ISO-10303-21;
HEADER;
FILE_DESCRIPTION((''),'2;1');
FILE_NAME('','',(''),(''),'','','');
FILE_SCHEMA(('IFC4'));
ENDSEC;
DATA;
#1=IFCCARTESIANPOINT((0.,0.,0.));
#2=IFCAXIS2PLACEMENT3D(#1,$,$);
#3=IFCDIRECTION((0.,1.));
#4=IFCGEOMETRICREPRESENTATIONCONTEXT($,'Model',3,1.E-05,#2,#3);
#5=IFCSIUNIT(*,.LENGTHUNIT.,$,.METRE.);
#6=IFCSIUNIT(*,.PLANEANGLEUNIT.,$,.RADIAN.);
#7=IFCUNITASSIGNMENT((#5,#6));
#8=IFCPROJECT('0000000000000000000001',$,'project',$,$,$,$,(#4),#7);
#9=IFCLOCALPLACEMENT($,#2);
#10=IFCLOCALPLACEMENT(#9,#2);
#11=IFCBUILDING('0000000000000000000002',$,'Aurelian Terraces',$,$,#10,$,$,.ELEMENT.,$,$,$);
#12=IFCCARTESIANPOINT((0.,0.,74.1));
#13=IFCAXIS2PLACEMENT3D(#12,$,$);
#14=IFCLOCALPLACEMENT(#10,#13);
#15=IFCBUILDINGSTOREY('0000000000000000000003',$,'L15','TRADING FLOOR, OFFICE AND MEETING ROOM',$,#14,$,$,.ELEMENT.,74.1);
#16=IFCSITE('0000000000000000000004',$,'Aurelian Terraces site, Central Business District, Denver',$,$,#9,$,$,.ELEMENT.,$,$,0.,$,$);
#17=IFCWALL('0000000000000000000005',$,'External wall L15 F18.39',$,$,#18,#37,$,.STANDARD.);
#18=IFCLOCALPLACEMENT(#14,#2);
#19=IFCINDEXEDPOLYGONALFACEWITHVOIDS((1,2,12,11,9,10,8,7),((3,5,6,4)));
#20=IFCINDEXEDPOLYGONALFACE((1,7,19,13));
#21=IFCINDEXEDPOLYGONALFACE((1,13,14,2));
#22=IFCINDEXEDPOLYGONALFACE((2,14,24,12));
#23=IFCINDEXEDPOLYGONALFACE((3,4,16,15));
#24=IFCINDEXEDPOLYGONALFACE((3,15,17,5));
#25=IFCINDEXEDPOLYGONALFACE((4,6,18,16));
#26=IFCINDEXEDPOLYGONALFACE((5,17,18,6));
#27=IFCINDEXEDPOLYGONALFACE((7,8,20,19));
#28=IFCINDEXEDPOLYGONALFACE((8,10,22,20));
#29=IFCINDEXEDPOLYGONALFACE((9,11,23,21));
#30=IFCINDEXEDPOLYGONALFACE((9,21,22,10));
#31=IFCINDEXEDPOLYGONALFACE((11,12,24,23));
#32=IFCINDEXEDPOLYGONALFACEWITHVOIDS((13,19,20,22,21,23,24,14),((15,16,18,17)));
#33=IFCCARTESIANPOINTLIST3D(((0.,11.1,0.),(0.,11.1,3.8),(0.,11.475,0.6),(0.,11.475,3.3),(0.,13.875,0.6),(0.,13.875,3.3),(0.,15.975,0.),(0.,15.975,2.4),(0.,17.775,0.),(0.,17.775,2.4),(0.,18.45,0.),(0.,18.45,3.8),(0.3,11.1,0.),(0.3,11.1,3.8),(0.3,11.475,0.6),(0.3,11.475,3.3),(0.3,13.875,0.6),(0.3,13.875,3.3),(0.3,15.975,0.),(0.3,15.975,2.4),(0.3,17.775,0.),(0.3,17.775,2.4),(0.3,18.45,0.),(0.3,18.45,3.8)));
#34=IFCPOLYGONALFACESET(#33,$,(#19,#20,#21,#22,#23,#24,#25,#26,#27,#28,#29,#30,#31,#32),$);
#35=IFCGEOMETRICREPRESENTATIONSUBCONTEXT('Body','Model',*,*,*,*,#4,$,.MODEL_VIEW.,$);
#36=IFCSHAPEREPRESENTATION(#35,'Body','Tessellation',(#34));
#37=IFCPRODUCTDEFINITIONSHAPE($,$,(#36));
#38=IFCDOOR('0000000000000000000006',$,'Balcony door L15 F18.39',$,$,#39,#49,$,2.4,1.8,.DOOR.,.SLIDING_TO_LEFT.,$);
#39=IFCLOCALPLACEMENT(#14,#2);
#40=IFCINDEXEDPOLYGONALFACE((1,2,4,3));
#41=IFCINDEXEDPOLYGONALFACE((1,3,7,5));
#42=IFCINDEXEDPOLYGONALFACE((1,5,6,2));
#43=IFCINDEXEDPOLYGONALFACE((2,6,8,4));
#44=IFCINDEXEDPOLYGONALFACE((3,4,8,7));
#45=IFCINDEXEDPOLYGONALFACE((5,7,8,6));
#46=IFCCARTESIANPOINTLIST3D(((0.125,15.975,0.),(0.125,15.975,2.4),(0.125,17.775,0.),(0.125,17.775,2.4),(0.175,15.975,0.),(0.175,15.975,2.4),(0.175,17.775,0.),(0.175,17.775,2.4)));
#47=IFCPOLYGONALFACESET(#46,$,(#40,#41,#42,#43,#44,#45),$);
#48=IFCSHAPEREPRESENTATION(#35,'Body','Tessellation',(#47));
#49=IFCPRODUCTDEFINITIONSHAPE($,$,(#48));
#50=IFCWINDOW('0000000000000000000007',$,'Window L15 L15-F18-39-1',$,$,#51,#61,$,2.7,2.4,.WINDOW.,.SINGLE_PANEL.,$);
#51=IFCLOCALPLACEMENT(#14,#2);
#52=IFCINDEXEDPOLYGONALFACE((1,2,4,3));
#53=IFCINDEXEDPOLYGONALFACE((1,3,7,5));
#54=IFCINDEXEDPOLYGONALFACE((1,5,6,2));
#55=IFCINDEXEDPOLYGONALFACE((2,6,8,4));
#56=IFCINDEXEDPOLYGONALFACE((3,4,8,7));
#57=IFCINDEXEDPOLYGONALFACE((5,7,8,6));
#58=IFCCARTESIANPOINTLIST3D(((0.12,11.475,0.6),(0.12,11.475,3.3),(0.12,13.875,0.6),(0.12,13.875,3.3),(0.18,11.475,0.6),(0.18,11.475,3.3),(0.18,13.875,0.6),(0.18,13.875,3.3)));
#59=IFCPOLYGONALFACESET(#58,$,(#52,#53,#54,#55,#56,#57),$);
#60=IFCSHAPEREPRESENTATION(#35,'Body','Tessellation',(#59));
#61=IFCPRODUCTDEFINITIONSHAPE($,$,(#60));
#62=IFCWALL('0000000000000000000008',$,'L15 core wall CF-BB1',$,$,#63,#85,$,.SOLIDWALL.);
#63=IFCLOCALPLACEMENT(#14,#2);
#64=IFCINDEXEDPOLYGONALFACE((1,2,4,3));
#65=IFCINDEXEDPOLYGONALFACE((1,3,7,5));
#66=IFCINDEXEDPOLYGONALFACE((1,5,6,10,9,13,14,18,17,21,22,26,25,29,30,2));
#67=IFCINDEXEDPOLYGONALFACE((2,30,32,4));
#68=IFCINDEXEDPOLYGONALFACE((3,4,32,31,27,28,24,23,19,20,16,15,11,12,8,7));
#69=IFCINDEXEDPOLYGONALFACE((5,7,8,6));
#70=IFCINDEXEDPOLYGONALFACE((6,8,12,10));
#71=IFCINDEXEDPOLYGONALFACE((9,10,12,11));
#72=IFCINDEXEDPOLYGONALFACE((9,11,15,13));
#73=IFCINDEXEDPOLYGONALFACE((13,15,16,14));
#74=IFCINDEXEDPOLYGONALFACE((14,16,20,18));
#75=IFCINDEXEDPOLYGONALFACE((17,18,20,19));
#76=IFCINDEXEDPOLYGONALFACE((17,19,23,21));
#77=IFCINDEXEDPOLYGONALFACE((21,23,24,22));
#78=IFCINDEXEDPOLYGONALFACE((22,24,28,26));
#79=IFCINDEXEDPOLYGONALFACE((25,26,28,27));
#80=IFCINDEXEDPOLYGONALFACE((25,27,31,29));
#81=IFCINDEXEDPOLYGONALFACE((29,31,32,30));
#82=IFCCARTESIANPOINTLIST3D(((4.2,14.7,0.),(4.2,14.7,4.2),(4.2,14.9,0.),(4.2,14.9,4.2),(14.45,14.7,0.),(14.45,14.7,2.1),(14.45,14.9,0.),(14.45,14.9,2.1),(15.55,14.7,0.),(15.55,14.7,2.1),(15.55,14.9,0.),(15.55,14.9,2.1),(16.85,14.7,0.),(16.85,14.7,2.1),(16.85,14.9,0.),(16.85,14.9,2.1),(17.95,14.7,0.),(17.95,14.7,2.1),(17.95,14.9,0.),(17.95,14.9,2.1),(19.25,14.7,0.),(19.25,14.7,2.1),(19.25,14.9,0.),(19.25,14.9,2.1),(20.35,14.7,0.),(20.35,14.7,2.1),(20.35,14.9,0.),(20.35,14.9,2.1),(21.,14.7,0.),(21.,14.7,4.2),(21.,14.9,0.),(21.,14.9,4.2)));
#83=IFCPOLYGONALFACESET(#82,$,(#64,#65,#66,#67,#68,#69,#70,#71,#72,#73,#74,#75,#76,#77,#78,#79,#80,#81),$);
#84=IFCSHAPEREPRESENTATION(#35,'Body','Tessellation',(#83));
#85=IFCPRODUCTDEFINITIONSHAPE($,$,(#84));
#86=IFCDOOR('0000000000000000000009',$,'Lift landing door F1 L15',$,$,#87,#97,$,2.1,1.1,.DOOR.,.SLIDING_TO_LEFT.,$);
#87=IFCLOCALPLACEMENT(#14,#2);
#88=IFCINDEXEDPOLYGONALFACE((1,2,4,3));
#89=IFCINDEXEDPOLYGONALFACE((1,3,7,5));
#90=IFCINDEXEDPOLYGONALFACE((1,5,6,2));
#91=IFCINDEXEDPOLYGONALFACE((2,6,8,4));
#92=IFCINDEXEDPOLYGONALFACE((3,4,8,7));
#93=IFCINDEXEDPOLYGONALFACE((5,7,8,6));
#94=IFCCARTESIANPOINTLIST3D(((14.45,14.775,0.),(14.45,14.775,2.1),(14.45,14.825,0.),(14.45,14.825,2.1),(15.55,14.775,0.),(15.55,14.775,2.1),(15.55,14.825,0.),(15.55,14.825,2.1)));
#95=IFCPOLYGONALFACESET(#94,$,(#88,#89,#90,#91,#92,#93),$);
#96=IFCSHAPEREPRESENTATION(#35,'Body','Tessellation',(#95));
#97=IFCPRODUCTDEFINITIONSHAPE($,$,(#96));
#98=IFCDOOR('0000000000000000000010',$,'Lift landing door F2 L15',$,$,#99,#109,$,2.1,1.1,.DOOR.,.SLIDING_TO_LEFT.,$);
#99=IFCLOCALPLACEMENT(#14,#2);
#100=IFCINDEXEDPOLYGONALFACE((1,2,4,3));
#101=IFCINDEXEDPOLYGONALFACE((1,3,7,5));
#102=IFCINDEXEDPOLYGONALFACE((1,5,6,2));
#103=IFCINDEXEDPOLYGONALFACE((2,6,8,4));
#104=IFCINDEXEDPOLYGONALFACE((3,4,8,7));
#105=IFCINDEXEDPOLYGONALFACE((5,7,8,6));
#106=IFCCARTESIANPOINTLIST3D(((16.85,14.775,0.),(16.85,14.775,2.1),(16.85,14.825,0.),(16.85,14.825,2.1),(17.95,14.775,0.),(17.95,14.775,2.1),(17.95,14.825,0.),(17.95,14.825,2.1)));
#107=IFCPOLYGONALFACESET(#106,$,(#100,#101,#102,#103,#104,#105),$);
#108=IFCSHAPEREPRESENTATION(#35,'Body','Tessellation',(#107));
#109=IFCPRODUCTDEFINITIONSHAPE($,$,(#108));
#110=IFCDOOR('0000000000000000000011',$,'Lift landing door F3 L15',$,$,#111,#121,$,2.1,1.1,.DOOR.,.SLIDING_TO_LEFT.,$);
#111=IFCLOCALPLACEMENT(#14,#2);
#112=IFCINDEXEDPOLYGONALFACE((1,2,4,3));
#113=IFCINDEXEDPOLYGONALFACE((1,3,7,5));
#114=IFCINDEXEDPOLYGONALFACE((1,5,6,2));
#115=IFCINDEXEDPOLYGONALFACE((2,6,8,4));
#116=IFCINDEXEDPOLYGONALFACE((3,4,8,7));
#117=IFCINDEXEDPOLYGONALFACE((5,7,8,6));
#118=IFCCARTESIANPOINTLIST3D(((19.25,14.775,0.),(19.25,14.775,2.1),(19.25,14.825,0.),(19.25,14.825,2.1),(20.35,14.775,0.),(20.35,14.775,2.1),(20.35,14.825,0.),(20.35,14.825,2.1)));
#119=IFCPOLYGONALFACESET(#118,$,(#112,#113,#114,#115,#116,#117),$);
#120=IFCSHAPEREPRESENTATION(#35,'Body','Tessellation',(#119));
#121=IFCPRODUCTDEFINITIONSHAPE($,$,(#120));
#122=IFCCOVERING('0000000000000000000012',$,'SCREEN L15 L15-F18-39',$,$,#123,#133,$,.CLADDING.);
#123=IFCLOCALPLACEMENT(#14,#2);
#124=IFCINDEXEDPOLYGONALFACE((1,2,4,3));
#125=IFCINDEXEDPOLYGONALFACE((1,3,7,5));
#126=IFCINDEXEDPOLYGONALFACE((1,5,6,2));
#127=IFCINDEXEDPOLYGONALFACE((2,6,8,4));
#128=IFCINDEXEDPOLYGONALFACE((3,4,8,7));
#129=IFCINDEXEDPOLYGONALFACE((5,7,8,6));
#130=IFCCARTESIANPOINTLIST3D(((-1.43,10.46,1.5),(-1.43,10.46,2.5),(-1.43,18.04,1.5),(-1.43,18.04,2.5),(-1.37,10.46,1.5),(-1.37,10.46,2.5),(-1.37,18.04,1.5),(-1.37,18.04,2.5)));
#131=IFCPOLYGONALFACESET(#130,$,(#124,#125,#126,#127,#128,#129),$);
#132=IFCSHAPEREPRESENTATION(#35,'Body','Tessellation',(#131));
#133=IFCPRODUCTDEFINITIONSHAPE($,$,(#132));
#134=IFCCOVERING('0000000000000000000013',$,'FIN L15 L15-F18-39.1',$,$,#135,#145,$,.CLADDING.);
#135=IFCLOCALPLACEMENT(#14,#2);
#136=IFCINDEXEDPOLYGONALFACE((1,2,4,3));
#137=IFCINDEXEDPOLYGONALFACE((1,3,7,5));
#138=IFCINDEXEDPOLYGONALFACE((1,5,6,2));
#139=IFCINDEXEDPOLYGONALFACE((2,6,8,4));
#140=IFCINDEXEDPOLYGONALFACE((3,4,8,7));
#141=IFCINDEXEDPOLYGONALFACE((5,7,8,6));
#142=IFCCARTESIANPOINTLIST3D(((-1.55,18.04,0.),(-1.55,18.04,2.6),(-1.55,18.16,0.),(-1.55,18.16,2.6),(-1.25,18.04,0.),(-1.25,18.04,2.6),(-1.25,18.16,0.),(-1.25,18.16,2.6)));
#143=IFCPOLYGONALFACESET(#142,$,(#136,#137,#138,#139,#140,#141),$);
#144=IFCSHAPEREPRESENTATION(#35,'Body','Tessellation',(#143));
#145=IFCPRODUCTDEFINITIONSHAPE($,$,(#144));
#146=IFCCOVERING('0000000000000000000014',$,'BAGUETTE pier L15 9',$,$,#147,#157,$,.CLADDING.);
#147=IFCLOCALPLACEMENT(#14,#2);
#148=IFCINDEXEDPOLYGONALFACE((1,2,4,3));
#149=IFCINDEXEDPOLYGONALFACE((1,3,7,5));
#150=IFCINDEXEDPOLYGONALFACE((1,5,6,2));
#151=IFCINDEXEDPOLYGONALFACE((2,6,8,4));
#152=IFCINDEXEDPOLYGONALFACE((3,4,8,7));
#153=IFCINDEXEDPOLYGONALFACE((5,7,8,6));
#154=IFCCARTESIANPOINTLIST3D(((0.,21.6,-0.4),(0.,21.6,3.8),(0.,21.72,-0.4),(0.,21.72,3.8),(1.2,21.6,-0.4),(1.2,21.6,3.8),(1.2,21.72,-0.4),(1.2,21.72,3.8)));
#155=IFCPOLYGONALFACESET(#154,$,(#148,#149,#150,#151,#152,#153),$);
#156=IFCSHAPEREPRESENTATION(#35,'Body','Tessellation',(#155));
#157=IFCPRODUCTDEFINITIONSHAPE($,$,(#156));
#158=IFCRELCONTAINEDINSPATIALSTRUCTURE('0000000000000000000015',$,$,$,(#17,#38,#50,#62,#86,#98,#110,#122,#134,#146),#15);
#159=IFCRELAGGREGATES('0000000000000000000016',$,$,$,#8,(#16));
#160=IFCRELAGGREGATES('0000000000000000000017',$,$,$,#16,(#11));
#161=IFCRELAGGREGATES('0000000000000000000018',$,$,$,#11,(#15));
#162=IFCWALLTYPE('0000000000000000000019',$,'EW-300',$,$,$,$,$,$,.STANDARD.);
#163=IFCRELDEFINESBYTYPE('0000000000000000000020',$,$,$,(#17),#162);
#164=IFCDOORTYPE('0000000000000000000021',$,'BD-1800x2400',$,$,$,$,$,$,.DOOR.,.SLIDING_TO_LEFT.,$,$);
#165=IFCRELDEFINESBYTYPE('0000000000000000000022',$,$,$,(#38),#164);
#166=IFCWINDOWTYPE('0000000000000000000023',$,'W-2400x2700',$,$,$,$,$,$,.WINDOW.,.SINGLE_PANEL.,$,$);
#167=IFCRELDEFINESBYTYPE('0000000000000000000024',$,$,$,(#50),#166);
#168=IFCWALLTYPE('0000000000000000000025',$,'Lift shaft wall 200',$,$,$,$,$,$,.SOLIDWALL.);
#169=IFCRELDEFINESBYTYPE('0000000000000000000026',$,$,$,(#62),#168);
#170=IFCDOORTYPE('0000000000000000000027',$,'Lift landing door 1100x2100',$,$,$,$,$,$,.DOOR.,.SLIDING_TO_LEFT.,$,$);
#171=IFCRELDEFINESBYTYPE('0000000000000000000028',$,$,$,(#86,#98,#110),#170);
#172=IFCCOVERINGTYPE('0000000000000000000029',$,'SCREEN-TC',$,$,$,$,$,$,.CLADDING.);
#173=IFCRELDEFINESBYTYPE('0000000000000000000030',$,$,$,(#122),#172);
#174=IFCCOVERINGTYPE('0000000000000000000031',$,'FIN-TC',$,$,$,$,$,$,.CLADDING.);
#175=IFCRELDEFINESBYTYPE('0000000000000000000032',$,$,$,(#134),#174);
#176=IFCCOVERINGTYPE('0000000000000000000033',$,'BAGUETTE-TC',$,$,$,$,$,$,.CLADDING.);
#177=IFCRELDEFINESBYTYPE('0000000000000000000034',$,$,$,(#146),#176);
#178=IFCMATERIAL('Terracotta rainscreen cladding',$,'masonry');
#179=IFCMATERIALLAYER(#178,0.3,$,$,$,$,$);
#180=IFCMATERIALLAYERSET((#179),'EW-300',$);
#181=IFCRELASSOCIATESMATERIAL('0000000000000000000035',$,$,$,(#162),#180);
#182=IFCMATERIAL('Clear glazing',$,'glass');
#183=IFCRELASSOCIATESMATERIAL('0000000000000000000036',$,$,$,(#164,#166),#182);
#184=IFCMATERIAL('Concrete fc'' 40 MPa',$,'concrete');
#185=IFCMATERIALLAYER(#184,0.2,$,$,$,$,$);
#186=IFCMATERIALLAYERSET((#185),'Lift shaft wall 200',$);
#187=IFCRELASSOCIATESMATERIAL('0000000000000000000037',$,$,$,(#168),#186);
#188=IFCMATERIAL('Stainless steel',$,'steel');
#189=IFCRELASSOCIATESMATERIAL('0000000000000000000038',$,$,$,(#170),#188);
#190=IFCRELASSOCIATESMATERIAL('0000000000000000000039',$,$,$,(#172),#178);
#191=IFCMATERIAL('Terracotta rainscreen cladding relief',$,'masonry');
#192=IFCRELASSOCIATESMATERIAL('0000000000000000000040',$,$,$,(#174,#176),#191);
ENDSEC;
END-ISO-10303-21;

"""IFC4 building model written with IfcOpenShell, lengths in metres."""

from ifc_helpers import new_model, si_unit, direction, frame, frame_2d, origin, origin_2d, place, context, subcontext, project, spatial, rectangle, extrude, source, transform, mapped, material, layer, layer_set, type_object, element, fill, save


model = new_model("IFC4")

# Units and contexts
model_context = context("Model", 3, precision=1e-05, world=origin(), true_north=direction((0.0, 1.0)))
body_context = subcontext(model_context, "Body", "Model", "MODEL_VIEW")
ifc_project = project(units=[si_unit("LENGTHUNIT", "METRE"), si_unit("PLANEANGLEUNIT", "RADIAN")], contexts=[model_context])

# Site, building, storey
site_placement = place(None, origin())
site = spatial("IfcSite", under=ifc_project, at=site_placement, Name="Aurelian Terraces site, Central Business District, Denver", CompositionType="ELEMENT", RefElevation=0.0)
building_placement = place(site_placement, origin())
building = spatial("IfcBuilding", under=site, at=building_placement, Name="Aurelian Terraces", CompositionType="ELEMENT")
storey_placement = place(building_placement, frame((0.0, 0.0, 74.1)))
storey = spatial("IfcBuildingStorey", under=building, at=storey_placement, Name="L15", Description="TRADING FLOOR, OFFICE AND MEETING ROOM", CompositionType="ELEMENT", Elevation=74.1)

# Shared definitions
ifc_material_1 = material(Name="Terracotta rainscreen cladding", Category="masonry")
ifc_layer_1 = layer(ifc_material_1, 0.3)
ifc_layer_set_1 = layer_set([ifc_layer_1], Name="EW-300")
wall_type_1 = type_object("IfcWallType", Name="EW-300", PredefinedType="STANDARD", material=ifc_layer_set_1)
ifc_material_2 = material(Name="Clear glazing", Category="glass")

# Wall, openings, door, window
shared_shape_1 = source(origin(), body_context, "Body", "SweptSolid", [
    extrude(rectangle(XDim=7.35, YDim=0.3, at=frame_2d((3.675, 0.0))), origin(), (0.0, 0.0, 1.0), 3.8),
])
wall_1_placement = place(storey_placement, frame((0.15, 18.45, 0.0), z_axis=(0.0, 0.0, 1.0), x_axis=(0.0, -1.0, 0.0)))
wall_1 = element("IfcWall", 1, at=wall_1_placement, inside=storey, type_object=wall_type_1, Name="External wall L15 F18.39", PredefinedType="STANDARD", context=body_context, shape_type="MappedRepresentation", body=[
    mapped(shared_shape_1, transform((0.0, 0.0, 0.0), scale=1.0)),
])
shared_shape_2 = source(origin(), body_context, "Body", "SweptSolid", [
    extrude(rectangle(XDim=1.8, YDim=2.4, at=frame_2d((0.9, 1.2))), frame((0.0, 0.16, 0.0), z_axis=(0.0, -1.0, 0.0), x_axis=(1.0, 0.0, 0.0)), (0.0, 0.0, 1.0), 0.32),
])
opening_1_placement = place(wall_1_placement, frame((0.675, 0.0, 0.0)))
opening_1 = element("IfcOpeningElement", 2, at=opening_1_placement, cuts=wall_1, PredefinedType="OPENING", context=body_context, shape_type="MappedRepresentation", body=[
    mapped(shared_shape_2, transform((0.0, 0.0, 0.0), scale=1.0)),
])
shared_shape_3 = source(origin(), body_context, "Body", "SweptSolid", [
    extrude(rectangle(XDim=2.4, YDim=2.7, at=frame_2d((1.2, 1.35))), frame((0.0, 0.16, 0.0), z_axis=(0.0, -1.0, 0.0), x_axis=(1.0, 0.0, 0.0)), (0.0, 0.0, 1.0), 0.32),
])
opening_2_placement = place(wall_1_placement, frame((4.575, 0.0, 0.6)))
opening_2 = element("IfcOpeningElement", 3, at=opening_2_placement, cuts=wall_1, PredefinedType="OPENING", context=body_context, shape_type="MappedRepresentation", body=[
    mapped(shared_shape_3, transform((0.0, 0.0, 0.0), scale=1.0)),
])
door_type_1 = type_object("IfcDoorType", Name="BD-1800x2400", OperationType="SLIDING_TO_LEFT", PredefinedType="DOOR", material=ifc_material_2)
shared_shape_4 = source(origin(), body_context, "Body", "SweptSolid", [
    extrude(rectangle(XDim=1.8, YDim=2.4, at=frame_2d((0.9, 1.2))), frame((0.0, 0.025, 0.0), z_axis=(0.0, -1.0, 0.0), x_axis=(1.0, 0.0, 0.0)), (0.0, 0.0, 1.0), 0.05),
])
door_1_placement = place(opening_1_placement, origin())
door_1 = element("IfcDoor", 4, at=door_1_placement, inside=storey, type_object=door_type_1, Name="Balcony door L15 F18.39", OperationType="SLIDING_TO_LEFT", OverallHeight=2.4, OverallWidth=1.8, PredefinedType="DOOR", context=body_context, shape_type="MappedRepresentation", body=[
    mapped(shared_shape_4, transform((0.0, 0.0, 0.0), scale=1.0)),
])
fill(opening_1, door_1)
window_type_1 = type_object("IfcWindowType", Name="W-2400x2700", PartitioningType="SINGLE_PANEL", PredefinedType="WINDOW", material=ifc_material_2)
shared_shape_5 = source(origin(), body_context, "Body", "SweptSolid", [
    extrude(rectangle(XDim=2.4, YDim=2.7, at=frame_2d((1.2, 1.35))), frame((0.0, 0.03, 0.0), z_axis=(0.0, -1.0, 0.0), x_axis=(1.0, 0.0, 0.0)), (0.0, 0.0, 1.0), 0.06),
])
window_1_placement = place(opening_2_placement, origin())
window_1 = element("IfcWindow", 5, at=window_1_placement, inside=storey, type_object=window_type_1, Name="Window L15 L15-F18-39-1", OverallHeight=2.7, OverallWidth=2.4, PartitioningType="SINGLE_PANEL", PredefinedType="WINDOW", context=body_context, shape_type="MappedRepresentation", body=[
    mapped(shared_shape_5, transform((0.0, 0.0, 0.0), scale=1.0)),
])
fill(opening_2, window_1)

# Wall, openings, doors
ifc_material_3 = material(Name="Concrete fc' 40 MPa", Category="concrete")
ifc_layer_2 = layer(ifc_material_3, 0.2)
ifc_layer_set_2 = layer_set([ifc_layer_2], Name="Lift shaft wall 200")
wall_type_2 = type_object("IfcWallType", Name="Lift shaft wall 200", PredefinedType="SOLIDWALL", material=ifc_layer_set_2)
shared_shape_6 = source(origin(), body_context, "Body", "SweptSolid", [
    extrude(rectangle(XDim=16.8, YDim=0.2, at=frame_2d((8.4, 0.0))), origin(), (0.0, 0.0, 1.0), 4.2),
])
wall_2_placement = place(storey_placement, frame((4.2, 14.8, 0.0), z_axis=(0.0, 0.0, 1.0), x_axis=(1.0, 0.0, 0.0)))
wall_2 = element("IfcWall", 6, at=wall_2_placement, inside=storey, type_object=wall_type_2, Name="L15 core wall CF-BB1", PredefinedType="SOLIDWALL", context=body_context, shape_type="MappedRepresentation", body=[
    mapped(shared_shape_6, transform((0.0, 0.0, 0.0), scale=1.0)),
])
shared_shape_7 = source(origin(), body_context, "Body", "SweptSolid", [
    extrude(rectangle(XDim=1.1, YDim=2.1, at=frame_2d((0.55, 1.05))), frame((0.0, 0.11, 0.0), z_axis=(0.0, -1.0, 0.0), x_axis=(1.0, 0.0, 0.0)), (0.0, 0.0, 1.0), 0.22),
])
opening_3_placement = place(wall_2_placement, frame((10.25, 0.0, 0.0)))
opening_3 = element("IfcOpeningElement", 7, at=opening_3_placement, cuts=wall_2, PredefinedType="OPENING", context=body_context, shape_type="MappedRepresentation", body=[
    mapped(shared_shape_7, transform((0.0, 0.0, 0.0), scale=1.0)),
])
opening_4_placement = place(wall_2_placement, frame((12.65, 0.0, 0.0)))
opening_4 = element("IfcOpeningElement", 8, at=opening_4_placement, cuts=wall_2, PredefinedType="OPENING", context=body_context, shape_type="MappedRepresentation", body=[
    mapped(shared_shape_7, transform((0.0, 0.0, 0.0), scale=1.0)),
])
opening_5_placement = place(wall_2_placement, frame((15.05, 0.0, 0.0)))
opening_5 = element("IfcOpeningElement", 9, at=opening_5_placement, cuts=wall_2, PredefinedType="OPENING", context=body_context, shape_type="MappedRepresentation", body=[
    mapped(shared_shape_7, transform((0.0, 0.0, 0.0), scale=1.0)),
])
ifc_material_4 = material(Name="Stainless steel", Category="steel")
door_type_2 = type_object("IfcDoorType", Name="Lift landing door 1100x2100", OperationType="SLIDING_TO_LEFT", PredefinedType="DOOR", material=ifc_material_4)
shared_shape_8 = source(origin(), body_context, "Body", "SweptSolid", [
    extrude(rectangle(XDim=1.1, YDim=2.1, at=frame_2d((0.55, 1.05))), frame((0.0, 0.025, 0.0), z_axis=(0.0, -1.0, 0.0), x_axis=(1.0, 0.0, 0.0)), (0.0, 0.0, 1.0), 0.05),
])
door_2_placement = place(opening_3_placement, origin())
door_2 = element("IfcDoor", 10, at=door_2_placement, inside=storey, type_object=door_type_2, Name="Lift landing door F1 L15", OperationType="SLIDING_TO_LEFT", OverallHeight=2.1, OverallWidth=1.1, PredefinedType="DOOR", context=body_context, shape_type="MappedRepresentation", body=[
    mapped(shared_shape_8, transform((0.0, 0.0, 0.0), scale=1.0)),
])
fill(opening_3, door_2)
door_3_placement = place(opening_4_placement, origin())
door_3 = element("IfcDoor", 11, at=door_3_placement, inside=storey, type_object=door_type_2, Name="Lift landing door F2 L15", OperationType="SLIDING_TO_LEFT", OverallHeight=2.1, OverallWidth=1.1, PredefinedType="DOOR", context=body_context, shape_type="MappedRepresentation", body=[
    mapped(shared_shape_8, transform((0.0, 0.0, 0.0), scale=1.0)),
])
fill(opening_4, door_3)
door_4_placement = place(opening_5_placement, origin())
door_4 = element("IfcDoor", 12, at=door_4_placement, inside=storey, type_object=door_type_2, Name="Lift landing door F3 L15", OperationType="SLIDING_TO_LEFT", OverallHeight=2.1, OverallWidth=1.1, PredefinedType="DOOR", context=body_context, shape_type="MappedRepresentation", body=[
    mapped(shared_shape_8, transform((0.0, 0.0, 0.0), scale=1.0)),
])
fill(opening_5, door_4)

# Coverings
covering_type_1 = type_object("IfcCoveringType", Name="SCREEN-TC", PredefinedType="CLADDING", material=ifc_material_1)
covering_1_placement = place(storey_placement, frame((-1.4, 14.25, 1.5), z_axis=(0.0, 0.0, 1.0), x_axis=(1.0, 0.0, 0.0)))
element("IfcCovering", 13, at=covering_1_placement, inside=storey, type_object=covering_type_1, Name="SCREEN L15 L15-F18-39", PredefinedType="CLADDING", context=body_context, shape_type="SweptSolid", body=[
    extrude(rectangle(XDim=0.06, YDim=7.58, at=origin_2d()), origin(), (0.0, 0.0, 1.0), 1.0),
])
ifc_material_5 = material(Name="Terracotta rainscreen cladding relief", Category="masonry")
covering_type_2 = type_object("IfcCoveringType", Name="FIN-TC", PredefinedType="CLADDING", material=ifc_material_5)
shared_shape_9 = source(origin(), body_context, "Body", "SweptSolid", [
    extrude(rectangle(XDim=0.3, YDim=0.12, at=origin_2d()), origin(), (0.0, 0.0, 1.0), 2.6),
])
covering_2_placement = place(storey_placement, frame((-1.4, 18.1, 0.0), z_axis=(0.0, 0.0, 1.0), x_axis=(1.0, 0.0, 0.0)))
element("IfcCovering", 14, at=covering_2_placement, inside=storey, type_object=covering_type_2, Name="FIN L15 L15-F18-39.1", PredefinedType="CLADDING", context=body_context, shape_type="MappedRepresentation", body=[
    mapped(shared_shape_9, transform((0.0, 0.0, 0.0), scale=1.0)),
])
covering_type_3 = type_object("IfcCoveringType", Name="BAGUETTE-TC", PredefinedType="CLADDING", material=ifc_material_5)
shared_shape_10 = source(origin(), body_context, "Body", "SweptSolid", [
    extrude(rectangle(XDim=1.2, YDim=0.12, at=origin_2d()), origin(), (0.0, 0.0, 1.0), 4.2),
])
covering_3_placement = place(storey_placement, frame((0.6, 21.66, -0.4), z_axis=(0.0, 0.0, 1.0), x_axis=(1.0, 0.0, 0.0)))
element("IfcCovering", 15, at=covering_3_placement, inside=storey, type_object=covering_type_3, Name="BAGUETTE pier L15 9", PredefinedType="CLADDING", context=body_context, shape_type="MappedRepresentation", body=[
    mapped(shared_shape_10, transform((0.0, 0.0, 0.0), scale=1.0)),
])

save(model, "model.ifc")
